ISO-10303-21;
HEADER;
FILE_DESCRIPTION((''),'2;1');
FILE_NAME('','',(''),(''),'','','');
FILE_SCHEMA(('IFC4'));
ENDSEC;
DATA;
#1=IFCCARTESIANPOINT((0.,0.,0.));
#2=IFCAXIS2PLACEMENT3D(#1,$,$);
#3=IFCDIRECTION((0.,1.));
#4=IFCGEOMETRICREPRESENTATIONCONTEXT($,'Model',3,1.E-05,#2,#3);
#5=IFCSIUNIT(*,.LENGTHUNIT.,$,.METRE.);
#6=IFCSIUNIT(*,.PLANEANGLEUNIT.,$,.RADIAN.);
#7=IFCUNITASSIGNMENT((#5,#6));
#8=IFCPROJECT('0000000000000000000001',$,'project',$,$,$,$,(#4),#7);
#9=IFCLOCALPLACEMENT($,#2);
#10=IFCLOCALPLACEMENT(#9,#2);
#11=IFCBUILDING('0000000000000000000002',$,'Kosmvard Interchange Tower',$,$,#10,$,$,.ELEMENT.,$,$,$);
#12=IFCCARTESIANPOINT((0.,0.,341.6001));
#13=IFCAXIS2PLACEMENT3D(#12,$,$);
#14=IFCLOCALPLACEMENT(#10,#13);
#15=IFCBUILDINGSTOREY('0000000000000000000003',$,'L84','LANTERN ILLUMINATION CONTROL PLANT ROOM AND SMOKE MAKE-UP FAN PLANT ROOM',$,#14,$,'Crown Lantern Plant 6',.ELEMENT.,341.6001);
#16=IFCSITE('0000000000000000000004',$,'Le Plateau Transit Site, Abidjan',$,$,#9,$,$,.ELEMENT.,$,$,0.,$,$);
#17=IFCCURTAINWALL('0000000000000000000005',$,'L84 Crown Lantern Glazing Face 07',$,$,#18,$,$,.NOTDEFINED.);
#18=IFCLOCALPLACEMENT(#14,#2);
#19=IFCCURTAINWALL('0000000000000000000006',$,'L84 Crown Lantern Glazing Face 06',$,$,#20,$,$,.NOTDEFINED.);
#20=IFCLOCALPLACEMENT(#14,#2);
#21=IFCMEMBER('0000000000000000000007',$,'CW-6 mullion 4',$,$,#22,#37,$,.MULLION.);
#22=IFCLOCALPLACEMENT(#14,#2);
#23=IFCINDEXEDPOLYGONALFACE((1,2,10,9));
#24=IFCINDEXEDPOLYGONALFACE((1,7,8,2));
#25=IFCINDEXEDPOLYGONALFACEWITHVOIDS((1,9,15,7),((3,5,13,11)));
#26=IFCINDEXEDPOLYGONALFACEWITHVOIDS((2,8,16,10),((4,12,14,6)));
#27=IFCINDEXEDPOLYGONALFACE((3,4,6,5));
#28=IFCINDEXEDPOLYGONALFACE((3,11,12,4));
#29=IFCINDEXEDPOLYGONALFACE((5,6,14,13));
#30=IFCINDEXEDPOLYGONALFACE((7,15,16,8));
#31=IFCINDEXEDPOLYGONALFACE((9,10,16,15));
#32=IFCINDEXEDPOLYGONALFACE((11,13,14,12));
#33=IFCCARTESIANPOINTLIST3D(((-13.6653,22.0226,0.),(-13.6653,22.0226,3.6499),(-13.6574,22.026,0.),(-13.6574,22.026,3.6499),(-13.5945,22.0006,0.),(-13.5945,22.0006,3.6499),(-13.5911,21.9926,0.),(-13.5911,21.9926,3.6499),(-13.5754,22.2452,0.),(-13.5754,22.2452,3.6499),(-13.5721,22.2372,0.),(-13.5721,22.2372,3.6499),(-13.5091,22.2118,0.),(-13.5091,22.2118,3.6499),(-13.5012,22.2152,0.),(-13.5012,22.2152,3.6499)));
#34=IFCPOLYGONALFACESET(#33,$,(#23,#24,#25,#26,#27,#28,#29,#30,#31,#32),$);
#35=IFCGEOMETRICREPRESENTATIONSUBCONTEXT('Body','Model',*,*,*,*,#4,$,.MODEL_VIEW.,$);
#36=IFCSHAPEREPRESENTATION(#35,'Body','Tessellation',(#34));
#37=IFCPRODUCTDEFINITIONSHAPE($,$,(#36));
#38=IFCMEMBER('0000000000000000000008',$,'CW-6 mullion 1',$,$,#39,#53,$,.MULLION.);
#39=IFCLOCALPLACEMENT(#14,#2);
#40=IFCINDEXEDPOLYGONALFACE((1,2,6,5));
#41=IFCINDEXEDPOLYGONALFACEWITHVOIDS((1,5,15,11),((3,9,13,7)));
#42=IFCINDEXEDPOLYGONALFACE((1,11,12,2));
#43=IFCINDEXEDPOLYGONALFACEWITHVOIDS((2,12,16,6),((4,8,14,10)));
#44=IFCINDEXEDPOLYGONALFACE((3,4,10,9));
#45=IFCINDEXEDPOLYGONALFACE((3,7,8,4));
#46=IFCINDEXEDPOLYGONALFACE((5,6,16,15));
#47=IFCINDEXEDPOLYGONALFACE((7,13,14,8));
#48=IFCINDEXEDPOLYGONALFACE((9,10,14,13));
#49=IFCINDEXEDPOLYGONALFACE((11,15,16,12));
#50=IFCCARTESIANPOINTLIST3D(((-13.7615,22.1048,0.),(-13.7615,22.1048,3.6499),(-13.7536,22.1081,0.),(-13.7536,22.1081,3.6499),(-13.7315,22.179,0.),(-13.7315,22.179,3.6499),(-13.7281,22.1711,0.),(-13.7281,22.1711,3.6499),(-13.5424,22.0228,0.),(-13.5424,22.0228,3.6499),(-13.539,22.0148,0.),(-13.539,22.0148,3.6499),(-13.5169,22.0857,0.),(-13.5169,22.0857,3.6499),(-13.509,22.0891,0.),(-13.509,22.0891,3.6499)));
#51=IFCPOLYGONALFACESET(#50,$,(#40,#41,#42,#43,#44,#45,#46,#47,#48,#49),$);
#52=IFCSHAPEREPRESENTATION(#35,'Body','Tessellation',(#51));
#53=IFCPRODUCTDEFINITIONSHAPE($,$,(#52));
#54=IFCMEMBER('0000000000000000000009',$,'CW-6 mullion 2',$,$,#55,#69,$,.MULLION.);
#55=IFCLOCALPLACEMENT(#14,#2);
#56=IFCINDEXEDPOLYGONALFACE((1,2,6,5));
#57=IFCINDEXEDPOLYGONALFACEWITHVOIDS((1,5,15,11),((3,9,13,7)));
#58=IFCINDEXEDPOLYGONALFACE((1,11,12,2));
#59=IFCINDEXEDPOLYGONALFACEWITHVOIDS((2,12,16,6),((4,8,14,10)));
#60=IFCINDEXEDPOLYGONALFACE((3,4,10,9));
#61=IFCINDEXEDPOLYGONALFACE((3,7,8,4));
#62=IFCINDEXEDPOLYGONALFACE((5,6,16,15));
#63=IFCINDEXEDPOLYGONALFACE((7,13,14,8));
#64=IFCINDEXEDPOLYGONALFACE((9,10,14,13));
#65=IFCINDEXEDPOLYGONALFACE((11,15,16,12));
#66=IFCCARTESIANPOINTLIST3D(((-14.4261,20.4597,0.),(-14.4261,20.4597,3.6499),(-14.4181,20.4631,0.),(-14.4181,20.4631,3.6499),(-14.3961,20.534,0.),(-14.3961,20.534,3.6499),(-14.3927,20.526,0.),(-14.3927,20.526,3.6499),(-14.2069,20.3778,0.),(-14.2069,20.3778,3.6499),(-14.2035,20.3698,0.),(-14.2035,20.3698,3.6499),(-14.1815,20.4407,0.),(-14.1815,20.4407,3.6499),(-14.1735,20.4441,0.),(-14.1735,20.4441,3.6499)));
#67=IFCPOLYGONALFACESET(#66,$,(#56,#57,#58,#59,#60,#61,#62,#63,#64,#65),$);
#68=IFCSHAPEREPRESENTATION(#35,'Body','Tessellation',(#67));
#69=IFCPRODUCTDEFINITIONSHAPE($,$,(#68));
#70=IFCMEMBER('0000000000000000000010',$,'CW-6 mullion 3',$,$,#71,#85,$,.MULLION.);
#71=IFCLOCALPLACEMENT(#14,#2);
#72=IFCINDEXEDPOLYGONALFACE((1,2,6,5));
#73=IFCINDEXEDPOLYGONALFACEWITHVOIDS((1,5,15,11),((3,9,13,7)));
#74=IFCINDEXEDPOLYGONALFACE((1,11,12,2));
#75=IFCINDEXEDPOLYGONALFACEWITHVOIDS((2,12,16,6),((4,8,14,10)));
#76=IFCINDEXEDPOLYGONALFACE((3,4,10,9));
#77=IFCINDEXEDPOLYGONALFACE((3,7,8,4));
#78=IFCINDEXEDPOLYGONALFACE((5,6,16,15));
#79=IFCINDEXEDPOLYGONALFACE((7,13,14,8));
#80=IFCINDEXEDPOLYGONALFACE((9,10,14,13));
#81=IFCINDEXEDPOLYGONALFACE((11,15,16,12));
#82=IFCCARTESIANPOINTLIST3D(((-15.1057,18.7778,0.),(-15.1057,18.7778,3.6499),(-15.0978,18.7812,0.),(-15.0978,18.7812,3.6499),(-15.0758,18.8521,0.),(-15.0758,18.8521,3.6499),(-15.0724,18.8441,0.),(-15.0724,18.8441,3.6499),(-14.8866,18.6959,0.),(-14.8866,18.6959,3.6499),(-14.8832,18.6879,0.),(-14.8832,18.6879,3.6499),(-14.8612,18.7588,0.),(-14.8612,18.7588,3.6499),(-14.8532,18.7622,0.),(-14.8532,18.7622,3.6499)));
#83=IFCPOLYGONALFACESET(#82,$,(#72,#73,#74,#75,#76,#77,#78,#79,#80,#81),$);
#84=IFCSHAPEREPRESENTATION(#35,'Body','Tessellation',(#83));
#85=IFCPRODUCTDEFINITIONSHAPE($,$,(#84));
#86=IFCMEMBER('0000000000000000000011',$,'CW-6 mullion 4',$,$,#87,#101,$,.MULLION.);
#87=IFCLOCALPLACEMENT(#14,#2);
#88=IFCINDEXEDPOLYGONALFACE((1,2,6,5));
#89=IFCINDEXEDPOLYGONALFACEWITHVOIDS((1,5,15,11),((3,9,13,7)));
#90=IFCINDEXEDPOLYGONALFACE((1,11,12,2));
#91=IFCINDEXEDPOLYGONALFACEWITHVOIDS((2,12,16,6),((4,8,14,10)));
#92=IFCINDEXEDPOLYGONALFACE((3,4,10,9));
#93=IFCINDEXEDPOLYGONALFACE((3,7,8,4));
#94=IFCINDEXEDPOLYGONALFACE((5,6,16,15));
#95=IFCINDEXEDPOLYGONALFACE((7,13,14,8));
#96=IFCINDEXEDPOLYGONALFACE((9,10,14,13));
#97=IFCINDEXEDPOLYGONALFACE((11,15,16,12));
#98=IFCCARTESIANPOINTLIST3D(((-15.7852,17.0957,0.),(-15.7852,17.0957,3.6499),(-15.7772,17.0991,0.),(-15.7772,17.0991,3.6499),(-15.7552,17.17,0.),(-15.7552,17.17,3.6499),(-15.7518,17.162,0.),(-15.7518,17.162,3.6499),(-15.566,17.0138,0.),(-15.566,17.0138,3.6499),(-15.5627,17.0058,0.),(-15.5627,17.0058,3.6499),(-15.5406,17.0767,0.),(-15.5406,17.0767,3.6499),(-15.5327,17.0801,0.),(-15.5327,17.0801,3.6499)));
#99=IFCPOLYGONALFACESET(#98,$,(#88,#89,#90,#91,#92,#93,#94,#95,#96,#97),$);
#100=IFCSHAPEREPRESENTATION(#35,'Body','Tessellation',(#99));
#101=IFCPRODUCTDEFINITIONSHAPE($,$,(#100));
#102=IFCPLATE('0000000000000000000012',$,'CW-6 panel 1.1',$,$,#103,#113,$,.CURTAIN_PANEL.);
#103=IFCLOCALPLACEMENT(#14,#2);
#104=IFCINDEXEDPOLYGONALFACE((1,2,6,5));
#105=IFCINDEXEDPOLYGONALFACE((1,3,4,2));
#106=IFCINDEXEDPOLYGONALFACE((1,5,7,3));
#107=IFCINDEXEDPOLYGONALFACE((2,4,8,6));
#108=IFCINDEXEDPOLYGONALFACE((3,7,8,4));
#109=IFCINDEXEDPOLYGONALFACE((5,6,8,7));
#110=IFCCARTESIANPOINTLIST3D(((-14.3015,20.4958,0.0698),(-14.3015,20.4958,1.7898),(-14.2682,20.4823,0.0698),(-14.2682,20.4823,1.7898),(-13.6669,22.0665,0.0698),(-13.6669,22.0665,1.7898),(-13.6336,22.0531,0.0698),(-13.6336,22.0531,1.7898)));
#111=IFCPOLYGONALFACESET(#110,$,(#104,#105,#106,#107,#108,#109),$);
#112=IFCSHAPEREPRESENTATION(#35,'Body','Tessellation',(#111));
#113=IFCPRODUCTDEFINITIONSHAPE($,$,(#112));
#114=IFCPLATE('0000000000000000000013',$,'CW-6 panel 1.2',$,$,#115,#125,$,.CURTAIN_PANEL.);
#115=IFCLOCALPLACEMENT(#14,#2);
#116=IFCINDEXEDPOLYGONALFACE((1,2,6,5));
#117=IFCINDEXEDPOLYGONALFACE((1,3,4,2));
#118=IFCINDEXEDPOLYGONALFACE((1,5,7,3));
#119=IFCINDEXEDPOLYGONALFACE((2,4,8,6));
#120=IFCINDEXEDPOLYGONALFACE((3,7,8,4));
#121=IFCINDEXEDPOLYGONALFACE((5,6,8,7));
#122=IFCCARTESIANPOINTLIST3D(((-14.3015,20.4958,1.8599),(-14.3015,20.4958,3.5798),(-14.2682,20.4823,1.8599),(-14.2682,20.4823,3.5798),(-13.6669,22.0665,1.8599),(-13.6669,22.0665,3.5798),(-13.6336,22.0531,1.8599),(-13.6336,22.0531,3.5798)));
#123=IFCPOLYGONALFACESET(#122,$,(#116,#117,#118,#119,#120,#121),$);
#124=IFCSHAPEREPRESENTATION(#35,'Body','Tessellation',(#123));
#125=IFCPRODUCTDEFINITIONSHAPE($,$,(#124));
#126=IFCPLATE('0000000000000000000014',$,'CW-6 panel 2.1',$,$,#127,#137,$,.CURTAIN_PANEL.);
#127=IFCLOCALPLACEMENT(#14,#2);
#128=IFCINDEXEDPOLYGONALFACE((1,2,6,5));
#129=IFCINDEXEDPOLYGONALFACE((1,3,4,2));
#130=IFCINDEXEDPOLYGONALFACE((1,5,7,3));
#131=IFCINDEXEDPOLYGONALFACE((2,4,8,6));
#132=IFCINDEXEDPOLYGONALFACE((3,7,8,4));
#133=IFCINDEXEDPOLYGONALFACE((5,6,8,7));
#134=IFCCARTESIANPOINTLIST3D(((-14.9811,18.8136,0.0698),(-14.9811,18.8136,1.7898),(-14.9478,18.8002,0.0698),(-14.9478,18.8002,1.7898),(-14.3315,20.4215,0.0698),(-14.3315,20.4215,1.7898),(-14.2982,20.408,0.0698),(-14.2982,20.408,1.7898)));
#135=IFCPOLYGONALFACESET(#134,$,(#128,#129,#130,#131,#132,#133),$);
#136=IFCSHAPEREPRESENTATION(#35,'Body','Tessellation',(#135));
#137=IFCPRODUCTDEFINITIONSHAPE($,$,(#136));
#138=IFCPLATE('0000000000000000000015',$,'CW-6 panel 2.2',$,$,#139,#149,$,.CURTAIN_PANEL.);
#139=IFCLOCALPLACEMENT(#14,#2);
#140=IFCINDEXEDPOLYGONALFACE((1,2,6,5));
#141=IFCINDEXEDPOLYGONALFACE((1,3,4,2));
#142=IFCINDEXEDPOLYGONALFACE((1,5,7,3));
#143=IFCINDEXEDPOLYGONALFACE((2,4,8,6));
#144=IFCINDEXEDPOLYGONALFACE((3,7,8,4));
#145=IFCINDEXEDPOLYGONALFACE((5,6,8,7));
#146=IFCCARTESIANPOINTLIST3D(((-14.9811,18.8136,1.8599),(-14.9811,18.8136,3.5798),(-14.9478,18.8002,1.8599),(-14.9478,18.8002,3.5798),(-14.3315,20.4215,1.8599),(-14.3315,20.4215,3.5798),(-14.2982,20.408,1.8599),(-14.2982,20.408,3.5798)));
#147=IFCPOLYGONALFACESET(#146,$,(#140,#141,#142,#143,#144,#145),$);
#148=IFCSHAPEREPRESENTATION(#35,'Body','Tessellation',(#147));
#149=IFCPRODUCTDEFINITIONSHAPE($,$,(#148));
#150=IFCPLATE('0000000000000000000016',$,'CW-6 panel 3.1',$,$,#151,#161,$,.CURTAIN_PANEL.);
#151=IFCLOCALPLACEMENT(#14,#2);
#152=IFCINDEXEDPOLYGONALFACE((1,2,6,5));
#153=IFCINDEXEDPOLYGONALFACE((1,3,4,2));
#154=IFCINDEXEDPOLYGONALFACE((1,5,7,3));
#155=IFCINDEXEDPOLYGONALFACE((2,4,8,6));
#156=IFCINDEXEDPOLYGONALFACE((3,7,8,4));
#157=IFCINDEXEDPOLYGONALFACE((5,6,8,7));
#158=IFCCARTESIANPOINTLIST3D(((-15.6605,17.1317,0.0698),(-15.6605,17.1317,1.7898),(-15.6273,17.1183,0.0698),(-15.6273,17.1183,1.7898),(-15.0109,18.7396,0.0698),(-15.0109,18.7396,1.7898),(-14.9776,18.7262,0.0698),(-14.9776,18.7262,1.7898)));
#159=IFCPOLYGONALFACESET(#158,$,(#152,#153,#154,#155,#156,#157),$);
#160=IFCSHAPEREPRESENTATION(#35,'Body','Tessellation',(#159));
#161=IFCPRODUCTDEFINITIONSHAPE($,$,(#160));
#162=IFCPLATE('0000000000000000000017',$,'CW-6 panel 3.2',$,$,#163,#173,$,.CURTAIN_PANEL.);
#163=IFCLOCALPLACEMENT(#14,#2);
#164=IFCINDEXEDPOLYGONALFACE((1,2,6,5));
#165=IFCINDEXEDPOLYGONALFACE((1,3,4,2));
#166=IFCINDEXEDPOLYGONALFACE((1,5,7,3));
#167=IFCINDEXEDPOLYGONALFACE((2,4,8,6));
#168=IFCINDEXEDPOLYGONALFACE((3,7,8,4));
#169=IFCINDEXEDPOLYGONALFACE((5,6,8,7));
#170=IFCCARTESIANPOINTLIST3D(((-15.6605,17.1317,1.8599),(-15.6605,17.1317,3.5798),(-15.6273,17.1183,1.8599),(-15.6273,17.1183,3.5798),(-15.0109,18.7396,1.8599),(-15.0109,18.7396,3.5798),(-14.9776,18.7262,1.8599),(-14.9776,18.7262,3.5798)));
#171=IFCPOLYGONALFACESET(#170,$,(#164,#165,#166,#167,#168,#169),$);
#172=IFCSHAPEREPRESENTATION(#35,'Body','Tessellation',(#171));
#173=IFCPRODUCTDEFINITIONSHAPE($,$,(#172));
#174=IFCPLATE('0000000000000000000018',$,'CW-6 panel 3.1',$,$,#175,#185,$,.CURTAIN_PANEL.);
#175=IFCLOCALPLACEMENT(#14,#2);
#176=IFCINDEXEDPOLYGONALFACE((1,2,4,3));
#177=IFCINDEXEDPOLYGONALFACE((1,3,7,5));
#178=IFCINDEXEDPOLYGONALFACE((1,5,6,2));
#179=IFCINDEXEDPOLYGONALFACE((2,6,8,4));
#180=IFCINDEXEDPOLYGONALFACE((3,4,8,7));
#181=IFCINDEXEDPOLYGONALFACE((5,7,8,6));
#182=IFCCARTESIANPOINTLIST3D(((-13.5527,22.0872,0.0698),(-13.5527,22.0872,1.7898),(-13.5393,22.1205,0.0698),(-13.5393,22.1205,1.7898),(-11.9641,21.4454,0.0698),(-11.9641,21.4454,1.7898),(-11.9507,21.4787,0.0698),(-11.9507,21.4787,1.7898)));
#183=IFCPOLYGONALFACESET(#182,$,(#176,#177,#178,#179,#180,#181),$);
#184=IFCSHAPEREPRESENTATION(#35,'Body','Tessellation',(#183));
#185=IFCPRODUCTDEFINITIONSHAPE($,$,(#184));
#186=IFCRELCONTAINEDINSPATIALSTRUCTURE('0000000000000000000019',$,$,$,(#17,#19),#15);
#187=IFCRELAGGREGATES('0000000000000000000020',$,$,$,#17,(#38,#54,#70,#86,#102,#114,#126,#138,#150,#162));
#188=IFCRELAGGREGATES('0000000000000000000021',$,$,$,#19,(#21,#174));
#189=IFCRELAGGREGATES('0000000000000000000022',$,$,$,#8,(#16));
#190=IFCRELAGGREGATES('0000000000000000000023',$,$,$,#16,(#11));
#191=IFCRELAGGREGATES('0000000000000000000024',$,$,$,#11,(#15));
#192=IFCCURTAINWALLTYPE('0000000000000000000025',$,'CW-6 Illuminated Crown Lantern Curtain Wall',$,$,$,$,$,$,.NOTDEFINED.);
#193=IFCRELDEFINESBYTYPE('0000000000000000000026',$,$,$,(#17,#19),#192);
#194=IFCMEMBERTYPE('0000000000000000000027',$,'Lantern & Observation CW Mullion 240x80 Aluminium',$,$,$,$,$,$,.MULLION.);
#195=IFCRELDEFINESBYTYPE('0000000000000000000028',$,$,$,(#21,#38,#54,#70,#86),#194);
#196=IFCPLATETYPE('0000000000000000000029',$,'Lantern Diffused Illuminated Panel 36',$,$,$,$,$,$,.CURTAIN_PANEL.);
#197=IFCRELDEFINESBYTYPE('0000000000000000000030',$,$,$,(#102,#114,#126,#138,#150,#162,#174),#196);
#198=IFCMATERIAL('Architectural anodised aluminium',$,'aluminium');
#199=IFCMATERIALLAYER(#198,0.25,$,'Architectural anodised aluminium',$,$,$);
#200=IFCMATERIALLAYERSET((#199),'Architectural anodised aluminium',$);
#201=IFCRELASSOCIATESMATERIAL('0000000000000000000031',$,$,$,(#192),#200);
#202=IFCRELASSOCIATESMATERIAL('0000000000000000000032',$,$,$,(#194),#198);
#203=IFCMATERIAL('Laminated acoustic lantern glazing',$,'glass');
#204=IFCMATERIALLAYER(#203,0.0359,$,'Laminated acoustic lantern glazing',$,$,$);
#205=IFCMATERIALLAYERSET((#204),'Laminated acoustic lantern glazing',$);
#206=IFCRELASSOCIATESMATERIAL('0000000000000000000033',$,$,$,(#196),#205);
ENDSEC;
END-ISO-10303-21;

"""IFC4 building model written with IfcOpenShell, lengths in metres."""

from ifc_helpers import new_model, si_unit, direction, frame, origin, origin_2d, place, context, subcontext, project, spatial, rectangle, hollow_rectangle, extrude, source, transform, mapped, material, layer, layer_set, material_profile, profile_set, type_object, element, aggregate, save


model = new_model("IFC4")

# Units and contexts
model_context = context("Model", 3, precision=1e-05, world=origin(), true_north=direction((0.0, 1.0)))
body_context = subcontext(model_context, "Body", "Model", "MODEL_VIEW")
ifc_project = project(units=[si_unit("LENGTHUNIT", "METRE"), si_unit("PLANEANGLEUNIT", "RADIAN")], contexts=[model_context])

# Site, building, storey
site_placement = place(None, origin())
site = spatial("IfcSite", under=ifc_project, at=site_placement, Name="Le Plateau Transit Site, Abidjan", CompositionType="ELEMENT", RefElevation=0.0)
building_placement = place(site_placement, origin())
building = spatial("IfcBuilding", under=site, at=building_placement, Name="Kosmvard Interchange Tower", CompositionType="ELEMENT")
storey_placement = place(building_placement, frame((0.0, 0.0, 341.6001)))
storey = spatial("IfcBuildingStorey", under=building, at=storey_placement, Name="L84", Description="LANTERN ILLUMINATION CONTROL PLANT ROOM AND SMOKE MAKE-UP FAN PLANT ROOM", LongName="Crown Lantern Plant 6", CompositionType="ELEMENT", Elevation=341.6001)

# Curtain wall
ifc_material_1 = material(Name="Architectural anodised aluminium", Category="aluminium")
ifc_layer_1 = layer(ifc_material_1, 0.25, Name="Architectural anodised aluminium")
ifc_layer_set_1 = layer_set([ifc_layer_1], Name="Architectural anodised aluminium")
curtain_wall_type = type_object("IfcCurtainWallType", Name="CW-6 Illuminated Crown Lantern Curtain Wall", PredefinedType="NOTDEFINED", material=ifc_layer_set_1)
curtain_wall_1_placement = place(storey_placement, origin())
curtain_wall_1 = element("IfcCurtainWall", 1, at=curtain_wall_1_placement, inside=storey, type_object=curtain_wall_type, Name="L84 Crown Lantern Glazing Face 07", PredefinedType="NOTDEFINED")

# Curtain wall, member
curtain_wall_2_placement = place(storey_placement, origin())
curtain_wall_2 = element("IfcCurtainWall", 2, at=curtain_wall_2_placement, inside=storey, type_object=curtain_wall_type, Name="L84 Crown Lantern Glazing Face 06", PredefinedType="NOTDEFINED")
ifc_material_profile_1 = material_profile(ifc_material_1, hollow_rectangle(XDim=0.24, YDim=0.0801, WallThickness=0.0061, at=origin_2d()), Name="CWM 240x80x6")
ifc_profile_set_1 = profile_set([ifc_material_profile_1], Name="Architectural anodised aluminium")
member_type_1 = type_object("IfcMemberType", Name="Lantern & Observation CW Mullion 240x80 Aluminium", PredefinedType="MULLION", material=ifc_profile_set_1)
shared_shape_1 = source(origin(), body_context, "Body", "SweptSolid", [
    extrude(hollow_rectangle(XDim=0.24, YDim=0.0801, WallThickness=0.0061, at=origin_2d()), origin(), (0.0, 0.0, 1.0), 3.6499),
])
member_1_placement = place(storey_placement, frame((-13.5833, 22.1189, 0.0), z_axis=(0.0, 0.0, 1.0), x_axis=(-0.374607, -0.927184, 0.0)))
member_1 = element("IfcMember", 3, at=member_1_placement, type_object=member_type_1, Name="CW-6 mullion 4", PredefinedType="MULLION", context=body_context, shape_type="MappedRepresentation", body=[
    mapped(shared_shape_1, transform((0.0, 0.0, 0.0), scale=1.0)),
])

# Members
member_2_placement = place(storey_placement, frame((-13.6353, 22.0969, 0.0), z_axis=(0.0, 0.0, 1.0), x_axis=(0.927184, -0.374607, 0.0)))
member_2 = element("IfcMember", 4, at=member_2_placement, type_object=member_type_1, Name="CW-6 mullion 1", PredefinedType="MULLION", context=body_context, shape_type="MappedRepresentation", body=[
    mapped(shared_shape_1, transform((0.0, 0.0, 0.0), scale=1.0)),
])
member_3_placement = place(storey_placement, frame((-14.2998, 20.4519, 0.0), z_axis=(0.0, 0.0, 1.0), x_axis=(0.927184, -0.374607, 0.0)))
member_3 = element("IfcMember", 5, at=member_3_placement, type_object=member_type_1, Name="CW-6 mullion 2", PredefinedType="MULLION", context=body_context, shape_type="MappedRepresentation", body=[
    mapped(shared_shape_1, transform((0.0, 0.0, 0.0), scale=1.0)),
])
member_4_placement = place(storey_placement, frame((-14.9795, 18.77, 0.0), z_axis=(0.0, 0.0, 1.0), x_axis=(0.927184, -0.374607, 0.0)))
member_4 = element("IfcMember", 6, at=member_4_placement, type_object=member_type_1, Name="CW-6 mullion 3", PredefinedType="MULLION", context=body_context, shape_type="MappedRepresentation", body=[
    mapped(shared_shape_1, transform((0.0, 0.0, 0.0), scale=1.0)),
])
member_5_placement = place(storey_placement, frame((-15.6589, 17.0879, 0.0), z_axis=(0.0, 0.0, 1.0), x_axis=(0.927184, -0.374607, 0.0)))
member_5 = element("IfcMember", 7, at=member_5_placement, type_object=member_type_1, Name="CW-6 mullion 4", PredefinedType="MULLION", context=body_context, shape_type="MappedRepresentation", body=[
    mapped(shared_shape_1, transform((0.0, 0.0, 0.0), scale=1.0)),
])

# Plates
ifc_material_2 = material(Name="Laminated acoustic lantern glazing", Category="glass")
ifc_layer_2 = layer(ifc_material_2, 0.0359, Name="Laminated acoustic lantern glazing")
ifc_layer_set_2 = layer_set([ifc_layer_2], Name="Laminated acoustic lantern glazing")
plate_type = type_object("IfcPlateType", Name="Lantern Diffused Illuminated Panel 36", PredefinedType="CURTAIN_PANEL", material=ifc_layer_set_2)
shared_shape_2 = source(origin(), body_context, "Body", "SweptSolid", [
    extrude(rectangle(XDim=1.6941, YDim=0.0359, at=origin_2d()), origin(), (0.0, 0.0, 1.0), 1.72),
])
plate_1_placement = place(storey_placement, frame((-13.9675, 21.2744, 0.0698), z_axis=(0.0, 0.0, 1.0), x_axis=(-0.374607, -0.927184, 0.0)))
plate_1 = element("IfcPlate", 8, at=plate_1_placement, type_object=plate_type, Name="CW-6 panel 1.1", PredefinedType="CURTAIN_PANEL", context=body_context, shape_type="MappedRepresentation", body=[
    mapped(shared_shape_2, transform((0.0, 0.0, 0.0), scale=1.0)),
])
plate_2_placement = place(storey_placement, frame((-13.9675, 21.2744, 1.8599), z_axis=(0.0, 0.0, 1.0), x_axis=(-0.374607, -0.927184, 0.0)))
plate_2 = element("IfcPlate", 9, at=plate_2_placement, type_object=plate_type, Name="CW-6 panel 1.2", PredefinedType="CURTAIN_PANEL", context=body_context, shape_type="MappedRepresentation", body=[
    mapped(shared_shape_2, transform((0.0, 0.0, 0.0), scale=1.0)),
])
shared_shape_3 = source(origin(), body_context, "Body", "SweptSolid", [
    extrude(rectangle(XDim=1.7341, YDim=0.0359, at=origin_2d()), origin(), (0.0, 0.0, 1.0), 1.72),
])
plate_3_placement = place(storey_placement, frame((-14.6396, 19.6108, 0.0698), z_axis=(0.0, 0.0, 1.0), x_axis=(-0.374607, -0.927184, 0.0)))
plate_3 = element("IfcPlate", 10, at=plate_3_placement, type_object=plate_type, Name="CW-6 panel 2.1", PredefinedType="CURTAIN_PANEL", context=body_context, shape_type="MappedRepresentation", body=[
    mapped(shared_shape_3, transform((0.0, 0.0, 0.0), scale=1.0)),
])
plate_4_placement = place(storey_placement, frame((-14.6396, 19.6108, 1.8599), z_axis=(0.0, 0.0, 1.0), x_axis=(-0.374607, -0.927184, 0.0)))
plate_4 = element("IfcPlate", 11, at=plate_4_placement, type_object=plate_type, Name="CW-6 panel 2.2", PredefinedType="CURTAIN_PANEL", context=body_context, shape_type="MappedRepresentation", body=[
    mapped(shared_shape_3, transform((0.0, 0.0, 0.0), scale=1.0)),
])
plate_5_placement = place(storey_placement, frame((-15.3191, 17.929, 0.0698), z_axis=(0.0, 0.0, 1.0), x_axis=(-0.374607, -0.927184, 0.0)))
plate_5 = element("IfcPlate", 12, at=plate_5_placement, type_object=plate_type, Name="CW-6 panel 3.1", PredefinedType="CURTAIN_PANEL", context=body_context, shape_type="MappedRepresentation", body=[
    mapped(shared_shape_3, transform((0.0, 0.0, 0.0), scale=1.0)),
])
plate_6_placement = place(storey_placement, frame((-15.3191, 17.929, 1.8599), z_axis=(0.0, 0.0, 1.0), x_axis=(-0.374607, -0.927184, 0.0)))
plate_6 = element("IfcPlate", 13, at=plate_6_placement, type_object=plate_type, Name="CW-6 panel 3.2", PredefinedType="CURTAIN_PANEL", context=body_context, shape_type="MappedRepresentation", body=[
    mapped(shared_shape_3, transform((0.0, 0.0, 0.0), scale=1.0)),
])
aggregate(curtain_wall_1, [member_2, member_3, member_4, member_5, plate_1, plate_2, plate_3, plate_4, plate_5, plate_6])
shared_shape_4 = source(origin(), body_context, "Body", "SweptSolid", [
    extrude(rectangle(XDim=1.7134, YDim=0.0359, at=origin_2d()), origin(), (0.0, 0.0, 1.0), 1.72),
])
plate_7_placement = place(storey_placement, frame((-12.7517, 21.783, 0.0698), z_axis=(0.0, 0.0, 1.0), x_axis=(-0.927184, 0.374607, 0.0)))
plate_7 = element("IfcPlate", 14, at=plate_7_placement, type_object=plate_type, Name="CW-6 panel 3.1", PredefinedType="CURTAIN_PANEL", context=body_context, shape_type="MappedRepresentation", body=[
    mapped(shared_shape_4, transform((0.0, 0.0, 0.0), scale=1.0)),
])
aggregate(curtain_wall_2, [member_1, plate_7])

save(model, "model.ifc")
